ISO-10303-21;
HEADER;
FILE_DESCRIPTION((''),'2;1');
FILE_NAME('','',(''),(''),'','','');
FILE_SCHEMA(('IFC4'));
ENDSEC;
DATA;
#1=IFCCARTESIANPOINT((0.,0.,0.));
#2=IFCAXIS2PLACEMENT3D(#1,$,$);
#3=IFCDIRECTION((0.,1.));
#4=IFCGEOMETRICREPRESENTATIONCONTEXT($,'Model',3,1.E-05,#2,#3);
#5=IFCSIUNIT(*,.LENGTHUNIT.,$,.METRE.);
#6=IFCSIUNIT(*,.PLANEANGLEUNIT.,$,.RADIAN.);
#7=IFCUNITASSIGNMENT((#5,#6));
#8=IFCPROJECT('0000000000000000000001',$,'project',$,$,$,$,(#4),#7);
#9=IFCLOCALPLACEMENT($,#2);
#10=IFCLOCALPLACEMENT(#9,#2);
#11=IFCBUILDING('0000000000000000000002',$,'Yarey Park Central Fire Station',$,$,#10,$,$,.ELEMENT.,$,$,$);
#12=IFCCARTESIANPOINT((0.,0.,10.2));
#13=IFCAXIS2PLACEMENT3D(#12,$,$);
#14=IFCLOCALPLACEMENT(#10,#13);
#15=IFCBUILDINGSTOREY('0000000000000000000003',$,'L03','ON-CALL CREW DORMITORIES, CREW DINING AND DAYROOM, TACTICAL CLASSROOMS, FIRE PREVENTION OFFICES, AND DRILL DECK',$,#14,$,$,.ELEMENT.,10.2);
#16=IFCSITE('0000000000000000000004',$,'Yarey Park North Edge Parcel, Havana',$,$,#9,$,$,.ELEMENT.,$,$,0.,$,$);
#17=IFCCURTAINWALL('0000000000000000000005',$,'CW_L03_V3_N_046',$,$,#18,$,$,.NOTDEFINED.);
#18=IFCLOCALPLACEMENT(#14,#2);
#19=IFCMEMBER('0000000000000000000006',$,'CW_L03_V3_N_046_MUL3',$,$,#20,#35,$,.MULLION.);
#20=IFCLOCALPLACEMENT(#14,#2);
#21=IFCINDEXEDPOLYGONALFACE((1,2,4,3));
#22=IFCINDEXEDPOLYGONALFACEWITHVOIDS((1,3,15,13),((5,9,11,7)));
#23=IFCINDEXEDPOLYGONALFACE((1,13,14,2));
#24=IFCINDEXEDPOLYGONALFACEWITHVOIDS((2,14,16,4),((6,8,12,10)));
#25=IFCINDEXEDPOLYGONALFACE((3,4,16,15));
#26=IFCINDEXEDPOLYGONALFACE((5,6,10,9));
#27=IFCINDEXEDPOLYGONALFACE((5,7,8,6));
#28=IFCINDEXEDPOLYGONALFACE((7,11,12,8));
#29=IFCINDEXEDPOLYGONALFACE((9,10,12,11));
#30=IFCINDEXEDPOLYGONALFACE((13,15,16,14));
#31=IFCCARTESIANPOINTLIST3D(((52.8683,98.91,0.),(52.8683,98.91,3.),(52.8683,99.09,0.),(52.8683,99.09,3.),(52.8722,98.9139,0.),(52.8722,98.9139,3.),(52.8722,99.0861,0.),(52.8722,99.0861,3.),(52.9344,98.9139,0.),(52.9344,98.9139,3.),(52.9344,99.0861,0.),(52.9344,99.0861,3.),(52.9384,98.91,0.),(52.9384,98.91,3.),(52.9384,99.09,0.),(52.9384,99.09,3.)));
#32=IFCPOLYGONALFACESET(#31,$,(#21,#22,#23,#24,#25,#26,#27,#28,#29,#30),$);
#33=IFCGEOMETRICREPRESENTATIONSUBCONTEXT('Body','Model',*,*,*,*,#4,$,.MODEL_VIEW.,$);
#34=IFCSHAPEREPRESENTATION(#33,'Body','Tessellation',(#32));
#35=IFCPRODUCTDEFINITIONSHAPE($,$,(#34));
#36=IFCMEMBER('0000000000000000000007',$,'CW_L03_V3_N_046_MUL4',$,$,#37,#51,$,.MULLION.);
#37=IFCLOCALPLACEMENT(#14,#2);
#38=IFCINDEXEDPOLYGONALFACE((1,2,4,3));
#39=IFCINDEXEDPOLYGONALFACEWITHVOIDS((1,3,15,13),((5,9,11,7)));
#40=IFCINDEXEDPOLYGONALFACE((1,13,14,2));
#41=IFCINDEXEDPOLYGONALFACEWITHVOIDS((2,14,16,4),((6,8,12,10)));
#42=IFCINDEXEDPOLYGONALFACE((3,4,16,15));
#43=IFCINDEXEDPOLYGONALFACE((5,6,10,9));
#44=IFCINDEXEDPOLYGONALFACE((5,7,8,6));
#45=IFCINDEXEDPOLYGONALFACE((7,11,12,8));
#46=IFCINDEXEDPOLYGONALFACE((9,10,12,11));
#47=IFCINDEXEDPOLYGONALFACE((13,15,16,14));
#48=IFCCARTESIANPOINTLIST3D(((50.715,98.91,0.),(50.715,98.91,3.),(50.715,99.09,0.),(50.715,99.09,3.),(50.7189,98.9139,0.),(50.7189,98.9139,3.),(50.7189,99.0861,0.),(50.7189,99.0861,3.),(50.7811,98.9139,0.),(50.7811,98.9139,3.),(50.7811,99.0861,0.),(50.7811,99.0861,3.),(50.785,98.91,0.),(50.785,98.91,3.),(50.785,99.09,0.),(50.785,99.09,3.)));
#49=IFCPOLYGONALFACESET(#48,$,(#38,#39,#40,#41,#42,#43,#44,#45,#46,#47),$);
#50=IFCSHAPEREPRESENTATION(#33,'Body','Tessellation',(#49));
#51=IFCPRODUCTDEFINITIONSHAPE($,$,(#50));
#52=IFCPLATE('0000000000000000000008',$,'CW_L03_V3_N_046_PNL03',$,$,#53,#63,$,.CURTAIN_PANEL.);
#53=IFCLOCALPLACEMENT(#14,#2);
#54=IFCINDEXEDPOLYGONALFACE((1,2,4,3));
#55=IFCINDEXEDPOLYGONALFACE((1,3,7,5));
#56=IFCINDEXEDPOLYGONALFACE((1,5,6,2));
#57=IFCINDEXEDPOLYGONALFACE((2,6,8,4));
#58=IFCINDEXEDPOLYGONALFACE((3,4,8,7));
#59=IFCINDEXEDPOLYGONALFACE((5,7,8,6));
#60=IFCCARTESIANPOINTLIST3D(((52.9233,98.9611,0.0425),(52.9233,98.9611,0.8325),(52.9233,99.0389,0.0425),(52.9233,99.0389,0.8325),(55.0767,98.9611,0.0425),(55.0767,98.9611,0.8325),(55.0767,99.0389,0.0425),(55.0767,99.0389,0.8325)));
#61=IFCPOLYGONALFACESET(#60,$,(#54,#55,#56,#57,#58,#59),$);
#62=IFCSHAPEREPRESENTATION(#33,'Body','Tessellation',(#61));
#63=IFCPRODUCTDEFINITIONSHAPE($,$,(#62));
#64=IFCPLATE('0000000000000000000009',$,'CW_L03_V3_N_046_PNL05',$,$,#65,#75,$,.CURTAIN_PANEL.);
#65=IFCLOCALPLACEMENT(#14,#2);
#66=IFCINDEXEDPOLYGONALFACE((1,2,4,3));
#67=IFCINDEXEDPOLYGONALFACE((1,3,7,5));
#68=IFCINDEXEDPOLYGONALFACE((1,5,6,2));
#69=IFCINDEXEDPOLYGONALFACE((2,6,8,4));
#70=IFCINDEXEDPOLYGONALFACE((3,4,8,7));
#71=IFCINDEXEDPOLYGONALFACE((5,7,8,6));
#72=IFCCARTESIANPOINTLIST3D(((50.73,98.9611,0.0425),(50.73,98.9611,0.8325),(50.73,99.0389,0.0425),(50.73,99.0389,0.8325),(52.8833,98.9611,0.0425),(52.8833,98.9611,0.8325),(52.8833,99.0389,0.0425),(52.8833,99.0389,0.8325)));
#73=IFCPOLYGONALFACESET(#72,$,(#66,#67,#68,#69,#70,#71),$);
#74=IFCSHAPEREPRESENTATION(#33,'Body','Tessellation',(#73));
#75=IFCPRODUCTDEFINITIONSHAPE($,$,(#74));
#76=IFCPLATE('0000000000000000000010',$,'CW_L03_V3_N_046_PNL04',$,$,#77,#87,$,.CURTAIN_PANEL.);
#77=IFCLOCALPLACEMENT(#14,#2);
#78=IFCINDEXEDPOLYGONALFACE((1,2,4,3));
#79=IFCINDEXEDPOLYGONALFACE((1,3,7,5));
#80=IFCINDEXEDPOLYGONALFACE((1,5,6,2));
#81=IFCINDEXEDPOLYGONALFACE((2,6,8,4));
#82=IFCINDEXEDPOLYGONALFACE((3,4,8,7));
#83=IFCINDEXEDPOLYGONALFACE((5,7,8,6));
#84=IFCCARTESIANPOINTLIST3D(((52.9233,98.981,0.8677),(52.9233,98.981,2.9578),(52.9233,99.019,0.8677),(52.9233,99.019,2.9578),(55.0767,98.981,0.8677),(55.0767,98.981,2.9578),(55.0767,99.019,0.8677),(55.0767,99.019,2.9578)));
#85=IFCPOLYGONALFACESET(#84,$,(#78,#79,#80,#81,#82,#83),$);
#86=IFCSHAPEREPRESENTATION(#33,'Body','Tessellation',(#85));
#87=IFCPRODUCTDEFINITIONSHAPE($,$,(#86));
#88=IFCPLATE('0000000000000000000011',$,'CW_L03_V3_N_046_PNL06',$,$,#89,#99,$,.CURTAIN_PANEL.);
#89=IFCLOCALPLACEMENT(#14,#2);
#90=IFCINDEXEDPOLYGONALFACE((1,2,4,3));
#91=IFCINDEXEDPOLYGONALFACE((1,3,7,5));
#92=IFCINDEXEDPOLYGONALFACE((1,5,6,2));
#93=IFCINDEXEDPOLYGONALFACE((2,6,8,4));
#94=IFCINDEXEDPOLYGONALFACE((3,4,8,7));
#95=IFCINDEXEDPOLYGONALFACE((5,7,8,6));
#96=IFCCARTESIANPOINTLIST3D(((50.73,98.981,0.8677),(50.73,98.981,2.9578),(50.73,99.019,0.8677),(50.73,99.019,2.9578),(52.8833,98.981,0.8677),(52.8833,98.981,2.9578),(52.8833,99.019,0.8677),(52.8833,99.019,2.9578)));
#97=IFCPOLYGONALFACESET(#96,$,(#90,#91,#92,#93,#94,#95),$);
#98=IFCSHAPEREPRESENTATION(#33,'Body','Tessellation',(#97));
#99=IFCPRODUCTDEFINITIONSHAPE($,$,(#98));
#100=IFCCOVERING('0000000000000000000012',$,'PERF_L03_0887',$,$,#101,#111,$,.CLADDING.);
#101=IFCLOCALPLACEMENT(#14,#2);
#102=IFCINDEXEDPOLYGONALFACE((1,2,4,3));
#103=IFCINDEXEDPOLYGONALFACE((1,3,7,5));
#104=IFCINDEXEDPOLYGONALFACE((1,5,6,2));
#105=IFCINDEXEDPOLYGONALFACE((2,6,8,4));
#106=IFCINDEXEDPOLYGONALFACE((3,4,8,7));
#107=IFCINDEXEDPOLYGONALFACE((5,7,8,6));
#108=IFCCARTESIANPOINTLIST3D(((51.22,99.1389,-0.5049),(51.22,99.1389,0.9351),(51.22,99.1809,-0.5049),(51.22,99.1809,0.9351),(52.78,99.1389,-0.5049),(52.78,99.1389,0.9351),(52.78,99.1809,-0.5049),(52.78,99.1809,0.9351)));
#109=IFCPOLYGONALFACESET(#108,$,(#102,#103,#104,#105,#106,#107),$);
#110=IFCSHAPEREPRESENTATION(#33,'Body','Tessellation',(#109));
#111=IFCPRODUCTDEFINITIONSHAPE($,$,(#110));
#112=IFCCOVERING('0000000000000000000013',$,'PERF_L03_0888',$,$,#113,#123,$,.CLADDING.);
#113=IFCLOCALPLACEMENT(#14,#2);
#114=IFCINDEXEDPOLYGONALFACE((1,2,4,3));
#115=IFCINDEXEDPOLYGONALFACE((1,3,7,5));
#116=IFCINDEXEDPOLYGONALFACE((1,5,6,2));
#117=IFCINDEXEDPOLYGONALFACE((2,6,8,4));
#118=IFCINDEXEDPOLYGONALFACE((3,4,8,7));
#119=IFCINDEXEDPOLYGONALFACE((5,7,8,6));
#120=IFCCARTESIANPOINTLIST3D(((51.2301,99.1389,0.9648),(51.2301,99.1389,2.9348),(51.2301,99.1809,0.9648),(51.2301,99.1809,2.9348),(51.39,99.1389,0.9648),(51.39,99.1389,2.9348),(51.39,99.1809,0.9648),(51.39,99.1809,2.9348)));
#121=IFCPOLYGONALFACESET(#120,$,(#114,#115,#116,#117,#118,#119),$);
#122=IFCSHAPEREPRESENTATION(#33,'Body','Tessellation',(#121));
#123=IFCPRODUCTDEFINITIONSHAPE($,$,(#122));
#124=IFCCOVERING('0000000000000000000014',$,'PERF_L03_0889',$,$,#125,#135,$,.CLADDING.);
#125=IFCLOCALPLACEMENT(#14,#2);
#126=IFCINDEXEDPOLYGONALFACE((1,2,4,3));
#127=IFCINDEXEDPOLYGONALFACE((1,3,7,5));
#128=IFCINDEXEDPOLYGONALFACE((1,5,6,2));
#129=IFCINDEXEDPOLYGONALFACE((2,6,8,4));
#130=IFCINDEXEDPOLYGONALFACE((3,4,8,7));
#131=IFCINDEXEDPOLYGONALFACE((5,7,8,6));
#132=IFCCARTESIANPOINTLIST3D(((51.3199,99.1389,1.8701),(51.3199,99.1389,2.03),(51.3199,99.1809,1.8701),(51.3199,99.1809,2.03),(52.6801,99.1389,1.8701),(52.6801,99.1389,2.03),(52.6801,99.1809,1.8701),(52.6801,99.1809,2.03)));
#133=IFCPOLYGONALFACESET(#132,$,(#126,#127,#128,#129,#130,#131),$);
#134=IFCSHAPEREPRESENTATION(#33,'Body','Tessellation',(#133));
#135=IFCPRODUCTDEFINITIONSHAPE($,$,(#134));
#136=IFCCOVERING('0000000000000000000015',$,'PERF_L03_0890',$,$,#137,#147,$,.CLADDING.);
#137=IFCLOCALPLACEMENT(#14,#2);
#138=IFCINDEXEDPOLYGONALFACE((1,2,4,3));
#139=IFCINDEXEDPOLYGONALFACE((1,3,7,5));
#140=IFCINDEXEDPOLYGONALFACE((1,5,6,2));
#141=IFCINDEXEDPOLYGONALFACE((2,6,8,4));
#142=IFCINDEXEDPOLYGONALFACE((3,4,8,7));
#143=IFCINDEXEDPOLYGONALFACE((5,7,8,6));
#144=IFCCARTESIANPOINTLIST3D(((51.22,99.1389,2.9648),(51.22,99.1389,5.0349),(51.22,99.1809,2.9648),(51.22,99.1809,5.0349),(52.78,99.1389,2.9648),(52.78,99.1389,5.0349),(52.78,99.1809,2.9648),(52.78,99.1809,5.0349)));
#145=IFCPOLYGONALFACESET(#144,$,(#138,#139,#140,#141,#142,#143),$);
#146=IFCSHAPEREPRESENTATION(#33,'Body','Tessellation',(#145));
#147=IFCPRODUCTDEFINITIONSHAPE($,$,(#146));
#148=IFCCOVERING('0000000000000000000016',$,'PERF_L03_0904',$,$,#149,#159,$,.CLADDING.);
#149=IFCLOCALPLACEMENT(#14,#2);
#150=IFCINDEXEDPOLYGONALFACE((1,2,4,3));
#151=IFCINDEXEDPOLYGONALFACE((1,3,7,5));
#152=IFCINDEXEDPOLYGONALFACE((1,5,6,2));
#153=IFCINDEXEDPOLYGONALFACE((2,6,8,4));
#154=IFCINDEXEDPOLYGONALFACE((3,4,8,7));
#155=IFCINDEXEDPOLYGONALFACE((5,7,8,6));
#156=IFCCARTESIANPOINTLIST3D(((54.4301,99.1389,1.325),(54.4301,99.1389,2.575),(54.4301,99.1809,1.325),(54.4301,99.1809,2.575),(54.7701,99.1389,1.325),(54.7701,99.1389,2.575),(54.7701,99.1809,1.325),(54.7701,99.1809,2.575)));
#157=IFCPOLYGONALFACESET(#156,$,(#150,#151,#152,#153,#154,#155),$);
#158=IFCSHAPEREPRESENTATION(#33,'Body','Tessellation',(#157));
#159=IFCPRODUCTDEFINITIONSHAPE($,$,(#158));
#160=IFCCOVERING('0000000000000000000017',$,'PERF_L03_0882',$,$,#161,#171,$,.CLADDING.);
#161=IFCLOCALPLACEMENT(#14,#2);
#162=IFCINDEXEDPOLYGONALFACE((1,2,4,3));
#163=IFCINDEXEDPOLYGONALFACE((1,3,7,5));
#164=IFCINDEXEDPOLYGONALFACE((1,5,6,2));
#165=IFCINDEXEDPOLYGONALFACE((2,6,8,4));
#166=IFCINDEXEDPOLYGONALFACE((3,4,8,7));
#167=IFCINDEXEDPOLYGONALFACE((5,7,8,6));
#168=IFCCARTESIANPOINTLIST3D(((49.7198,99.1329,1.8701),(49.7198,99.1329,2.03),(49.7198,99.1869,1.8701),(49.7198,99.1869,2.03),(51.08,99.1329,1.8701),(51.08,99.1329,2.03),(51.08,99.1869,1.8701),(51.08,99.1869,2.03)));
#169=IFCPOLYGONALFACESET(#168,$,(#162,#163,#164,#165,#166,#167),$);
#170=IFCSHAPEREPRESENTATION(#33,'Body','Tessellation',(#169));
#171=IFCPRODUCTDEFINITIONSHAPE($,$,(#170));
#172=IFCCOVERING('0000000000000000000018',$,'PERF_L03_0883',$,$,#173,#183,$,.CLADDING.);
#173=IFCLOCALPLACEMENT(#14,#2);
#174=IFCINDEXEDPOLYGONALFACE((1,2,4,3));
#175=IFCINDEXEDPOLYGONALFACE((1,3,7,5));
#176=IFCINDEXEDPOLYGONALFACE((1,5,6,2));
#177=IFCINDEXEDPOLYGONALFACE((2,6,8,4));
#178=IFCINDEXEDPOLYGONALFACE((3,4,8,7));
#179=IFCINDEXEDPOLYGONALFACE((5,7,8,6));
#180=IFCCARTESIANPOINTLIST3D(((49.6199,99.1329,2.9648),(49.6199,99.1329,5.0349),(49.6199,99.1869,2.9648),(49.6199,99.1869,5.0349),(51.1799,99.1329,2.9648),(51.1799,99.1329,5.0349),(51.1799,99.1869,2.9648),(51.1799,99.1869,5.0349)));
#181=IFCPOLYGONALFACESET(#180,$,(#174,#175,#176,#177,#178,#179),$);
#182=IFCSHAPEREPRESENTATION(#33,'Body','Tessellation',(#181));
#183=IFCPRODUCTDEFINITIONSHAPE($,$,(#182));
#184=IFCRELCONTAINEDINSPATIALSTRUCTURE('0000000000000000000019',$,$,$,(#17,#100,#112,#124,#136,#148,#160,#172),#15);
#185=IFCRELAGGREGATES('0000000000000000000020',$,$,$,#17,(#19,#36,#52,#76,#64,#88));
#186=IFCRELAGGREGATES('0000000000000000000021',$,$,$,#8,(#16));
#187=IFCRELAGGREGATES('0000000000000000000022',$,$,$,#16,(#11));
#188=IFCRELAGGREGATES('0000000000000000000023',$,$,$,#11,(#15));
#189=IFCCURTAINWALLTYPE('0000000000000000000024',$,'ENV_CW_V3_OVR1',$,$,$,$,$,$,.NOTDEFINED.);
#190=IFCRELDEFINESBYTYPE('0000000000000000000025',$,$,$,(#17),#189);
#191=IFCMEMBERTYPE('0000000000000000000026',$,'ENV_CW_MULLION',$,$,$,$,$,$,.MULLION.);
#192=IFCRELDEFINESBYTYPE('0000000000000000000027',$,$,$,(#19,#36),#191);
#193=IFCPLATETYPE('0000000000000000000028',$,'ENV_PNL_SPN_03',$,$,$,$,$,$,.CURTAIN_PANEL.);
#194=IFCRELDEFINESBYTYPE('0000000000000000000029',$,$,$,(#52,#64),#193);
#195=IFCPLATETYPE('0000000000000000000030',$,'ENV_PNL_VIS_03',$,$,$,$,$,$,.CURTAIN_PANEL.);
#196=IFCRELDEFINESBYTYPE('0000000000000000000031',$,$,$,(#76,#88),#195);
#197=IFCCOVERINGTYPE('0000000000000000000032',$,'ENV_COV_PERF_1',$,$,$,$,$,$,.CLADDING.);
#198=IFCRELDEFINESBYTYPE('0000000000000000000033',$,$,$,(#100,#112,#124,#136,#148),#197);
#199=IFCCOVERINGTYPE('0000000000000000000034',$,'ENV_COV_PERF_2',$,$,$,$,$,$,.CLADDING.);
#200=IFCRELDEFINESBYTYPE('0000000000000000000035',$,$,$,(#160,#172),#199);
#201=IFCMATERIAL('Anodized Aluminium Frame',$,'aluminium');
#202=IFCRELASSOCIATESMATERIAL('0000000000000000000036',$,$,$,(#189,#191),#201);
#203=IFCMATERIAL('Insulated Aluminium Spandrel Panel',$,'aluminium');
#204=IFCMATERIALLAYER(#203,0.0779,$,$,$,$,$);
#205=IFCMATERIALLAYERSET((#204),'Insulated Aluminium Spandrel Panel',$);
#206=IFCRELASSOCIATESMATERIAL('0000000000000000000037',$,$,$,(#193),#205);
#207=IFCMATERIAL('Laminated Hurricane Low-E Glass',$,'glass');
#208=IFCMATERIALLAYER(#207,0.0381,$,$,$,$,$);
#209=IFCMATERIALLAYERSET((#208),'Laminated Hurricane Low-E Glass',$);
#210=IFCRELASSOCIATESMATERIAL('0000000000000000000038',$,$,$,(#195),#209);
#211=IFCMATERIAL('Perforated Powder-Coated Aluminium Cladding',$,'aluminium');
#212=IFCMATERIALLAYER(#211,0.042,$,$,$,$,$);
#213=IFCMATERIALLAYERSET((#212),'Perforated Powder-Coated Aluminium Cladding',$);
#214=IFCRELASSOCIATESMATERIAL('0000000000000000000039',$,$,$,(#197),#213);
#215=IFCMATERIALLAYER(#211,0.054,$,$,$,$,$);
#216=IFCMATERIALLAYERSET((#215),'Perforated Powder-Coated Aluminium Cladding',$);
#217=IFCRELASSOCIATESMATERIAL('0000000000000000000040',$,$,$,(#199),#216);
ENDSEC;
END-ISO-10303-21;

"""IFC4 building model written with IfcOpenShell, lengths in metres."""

from ifc_helpers import new_model, si_unit, direction, frame, origin, origin_2d, place, context, subcontext, project, spatial, rectangle, hollow_rectangle, extrude, material, layer, layer_set, material_profile, profile_set, type_object, element, aggregate, save


model = new_model("IFC4")

# Units and contexts
model_context = context("Model", 3, precision=1e-05, world=origin(), true_north=direction((0.0, 1.0)))
body_context = subcontext(model_context, "Body", "Model", "MODEL_VIEW")
ifc_project = project(units=[si_unit("LENGTHUNIT", "METRE"), si_unit("PLANEANGLEUNIT", "RADIAN")], contexts=[model_context])

# Site, building, storey
site_placement = place(None, origin())
site = spatial("IfcSite", under=ifc_project, at=site_placement, Name="Yarey Park North Edge Parcel, Havana", CompositionType="ELEMENT", RefElevation=0.0)
building_placement = place(site_placement, origin())
building = spatial("IfcBuilding", under=site, at=building_placement, Name="Yarey Park Central Fire Station", CompositionType="ELEMENT")
storey_placement = place(building_placement, frame((0.0, 0.0, 10.2)))
storey = spatial("IfcBuildingStorey", under=building, at=storey_placement, Name="L03", Description="ON-CALL CREW DORMITORIES, CREW DINING AND DAYROOM, TACTICAL CLASSROOMS, FIRE PREVENTION OFFICES, AND DRILL DECK", CompositionType="ELEMENT", Elevation=10.2)

# Curtain wall, members, plates
ifc_material_1 = material(Name="Anodized Aluminium Frame", Category="aluminium")
curtain_wall_type = type_object("IfcCurtainWallType", Name="ENV_CW_V3_OVR1", PredefinedType="NOTDEFINED", material=ifc_material_1)
curtain_wall_placement = place(storey_placement, origin())
curtain_wall = element("IfcCurtainWall", 1, at=curtain_wall_placement, inside=storey, type_object=curtain_wall_type, Name="CW_L03_V3_N_046", PredefinedType="NOTDEFINED")
ifc_material_profile = material_profile(ifc_material_1, hollow_rectangle(XDim=0.0701, YDim=0.1799, WallThickness=0.0039, at=origin_2d()), Name="ALU 180x70x4")
ifc_profile_set = profile_set([ifc_material_profile], Name="Anodized Aluminium Frame")
member_type = type_object("IfcMemberType", Name="ENV_CW_MULLION", PredefinedType="MULLION", material=ifc_profile_set)
member_1_placement = place(storey_placement, frame((52.9033, 99.0, 0.0), z_axis=(0.0, 0.0, 1.0), x_axis=(1.0, 0.0, 0.0)))
member_1 = element("IfcMember", 2, at=member_1_placement, type_object=member_type, Name="CW_L03_V3_N_046_MUL3", PredefinedType="MULLION", context=body_context, shape_type="SweptSolid", body=[
    extrude(hollow_rectangle(XDim=0.0701, YDim=0.1799, WallThickness=0.0039, at=origin_2d()), origin(), (0.0, 0.0, 1.0), 3.0),
])
member_2_placement = place(storey_placement, frame((50.75, 99.0, 0.0), z_axis=(0.0, 0.0, 1.0), x_axis=(1.0, 0.0, 0.0)))
member_2 = element("IfcMember", 3, at=member_2_placement, type_object=member_type, Name="CW_L03_V3_N_046_MUL4", PredefinedType="MULLION", context=body_context, shape_type="SweptSolid", body=[
    extrude(hollow_rectangle(XDim=0.0701, YDim=0.1799, WallThickness=0.0039, at=origin_2d()), origin(), (0.0, 0.0, 1.0), 3.0),
])
ifc_material_2 = material(Name="Insulated Aluminium Spandrel Panel", Category="aluminium")
ifc_layer_1 = layer(ifc_material_2, 0.0779)
ifc_layer_set_1 = layer_set([ifc_layer_1], Name="Insulated Aluminium Spandrel Panel")
plate_type_1 = type_object("IfcPlateType", Name="ENV_PNL_SPN_03", PredefinedType="CURTAIN_PANEL", material=ifc_layer_set_1)
plate_1_placement = place(storey_placement, frame((54.0, 99.0, 0.0425), z_axis=(0.0, 0.0, 1.0), x_axis=(-1.0, 0.0, 0.0)))
plate_1 = element("IfcPlate", 4, at=plate_1_placement, type_object=plate_type_1, Name="CW_L03_V3_N_046_PNL03", PredefinedType="CURTAIN_PANEL", context=body_context, shape_type="SweptSolid", body=[
    extrude(rectangle(XDim=2.1533, YDim=0.0779, at=origin_2d()), origin(), (0.0, 0.0, 1.0), 0.79),
])
plate_2_placement = place(storey_placement, frame((51.8066, 99.0, 0.0425), z_axis=(0.0, 0.0, 1.0), x_axis=(-1.0, 0.0, 0.0)))
plate_2 = element("IfcPlate", 5, at=plate_2_placement, type_object=plate_type_1, Name="CW_L03_V3_N_046_PNL05", PredefinedType="CURTAIN_PANEL", context=body_context, shape_type="SweptSolid", body=[
    extrude(rectangle(XDim=2.1533, YDim=0.0779, at=origin_2d()), origin(), (0.0, 0.0, 1.0), 0.79),
])
ifc_material_3 = material(Name="Laminated Hurricane Low-E Glass", Category="glass")
ifc_layer_2 = layer(ifc_material_3, 0.0381)
ifc_layer_set_2 = layer_set([ifc_layer_2], Name="Laminated Hurricane Low-E Glass")
plate_type_2 = type_object("IfcPlateType", Name="ENV_PNL_VIS_03", PredefinedType="CURTAIN_PANEL", material=ifc_layer_set_2)
plate_3_placement = place(storey_placement, frame((54.0, 99.0, 0.8677), z_axis=(0.0, 0.0, 1.0), x_axis=(-1.0, 0.0, 0.0)))
plate_3 = element("IfcPlate", 6, at=plate_3_placement, type_object=plate_type_2, Name="CW_L03_V3_N_046_PNL04", PredefinedType="CURTAIN_PANEL", context=body_context, shape_type="SweptSolid", body=[
    extrude(rectangle(XDim=2.1533, YDim=0.0381, at=origin_2d()), origin(), (0.0, 0.0, 1.0), 2.0901),
])
plate_4_placement = place(storey_placement, frame((51.8066, 99.0, 0.8677), z_axis=(0.0, 0.0, 1.0), x_axis=(-1.0, 0.0, 0.0)))
plate_4 = element("IfcPlate", 7, at=plate_4_placement, type_object=plate_type_2, Name="CW_L03_V3_N_046_PNL06", PredefinedType="CURTAIN_PANEL", context=body_context, shape_type="SweptSolid", body=[
    extrude(rectangle(XDim=2.1533, YDim=0.0381, at=origin_2d()), origin(), (0.0, 0.0, 1.0), 2.0901),
])
aggregate(curtain_wall, [member_1, member_2, plate_1, plate_3, plate_2, plate_4])

# Coverings
ifc_material_4 = material(Name="Perforated Powder-Coated Aluminium Cladding", Category="aluminium")
ifc_layer_3 = layer(ifc_material_4, 0.042)
ifc_layer_set_3 = layer_set([ifc_layer_3], Name="Perforated Powder-Coated Aluminium Cladding")
covering_type_1 = type_object("IfcCoveringType", Name="ENV_COV_PERF_1", PredefinedType="CLADDING", material=ifc_layer_set_3)
covering_1_placement = place(storey_placement, frame((52.0, 99.1599, -0.5049), z_axis=(0.0, 0.0, 1.0), x_axis=(1.0, 0.0, 0.0)))
element("IfcCovering", 8, at=covering_1_placement, inside=storey, type_object=covering_type_1, Name="PERF_L03_0887", PredefinedType="CLADDING", context=body_context, shape_type="SweptSolid", body=[
    extrude(rectangle(XDim=1.5601, YDim=0.042, at=origin_2d()), origin(), (0.0, 0.0, 1.0), 1.4399),
])
covering_2_placement = place(storey_placement, frame((51.3101, 99.1599, 0.9648), z_axis=(0.0, 0.0, 1.0), x_axis=(1.0, 0.0, 0.0)))
element("IfcCovering", 9, at=covering_2_placement, inside=storey, type_object=covering_type_1, Name="PERF_L03_0888", PredefinedType="CLADDING", context=body_context, shape_type="SweptSolid", body=[
    extrude(rectangle(XDim=0.1599, YDim=0.042, at=origin_2d()), origin(), (0.0, 0.0, 1.0), 1.97),
])
covering_3_placement = place(storey_placement, frame((52.0, 99.1599, 1.8701), z_axis=(0.0, 0.0, 1.0), x_axis=(1.0, 0.0, 0.0)))
element("IfcCovering", 10, at=covering_3_placement, inside=storey, type_object=covering_type_1, Name="PERF_L03_0889", PredefinedType="CLADDING", context=body_context, shape_type="SweptSolid", body=[
    extrude(rectangle(XDim=1.3601, YDim=0.042, at=origin_2d()), origin(), (0.0, 0.0, 1.0), 0.1599),
])
covering_4_placement = place(storey_placement, frame((52.0, 99.1599, 2.9648), z_axis=(0.0, 0.0, 1.0), x_axis=(1.0, 0.0, 0.0)))
element("IfcCovering", 11, at=covering_4_placement, inside=storey, type_object=covering_type_1, Name="PERF_L03_0890", PredefinedType="CLADDING", context=body_context, shape_type="SweptSolid", body=[
    extrude(rectangle(XDim=1.5601, YDim=0.042, at=origin_2d()), origin(), (0.0, 0.0, 1.0), 2.0701),
])
covering_5_placement = place(storey_placement, frame((54.6001, 99.1599, 1.325), z_axis=(0.0, 0.0, 1.0), x_axis=(1.0, 0.0, 0.0)))
element("IfcCovering", 12, at=covering_5_placement, inside=storey, type_object=covering_type_1, Name="PERF_L03_0904", PredefinedType="CLADDING", context=body_context, shape_type="SweptSolid", body=[
    extrude(rectangle(XDim=0.3401, YDim=0.042, at=origin_2d()), origin(), (0.0, 0.0, 1.0), 1.25),
])
ifc_layer_4 = layer(ifc_material_4, 0.054)
ifc_layer_set_4 = layer_set([ifc_layer_4], Name="Perforated Powder-Coated Aluminium Cladding")
covering_type_2 = type_object("IfcCoveringType", Name="ENV_COV_PERF_2", PredefinedType="CLADDING", material=ifc_layer_set_4)
covering_6_placement = place(storey_placement, frame((50.3999, 99.1599, 1.8701), z_axis=(0.0, 0.0, 1.0), x_axis=(1.0, 0.0, 0.0)))
element("IfcCovering", 13, at=covering_6_placement, inside=storey, type_object=covering_type_2, Name="PERF_L03_0882", PredefinedType="CLADDING", context=body_context, shape_type="SweptSolid", body=[
    extrude(rectangle(XDim=1.3601, YDim=0.054, at=origin_2d()), origin(), (0.0, 0.0, 1.0), 0.1599),
])
covering_7_placement = place(storey_placement, frame((50.3999, 99.1599, 2.9648), z_axis=(0.0, 0.0, 1.0), x_axis=(1.0, 0.0, 0.0)))
element("IfcCovering", 14, at=covering_7_placement, inside=storey, type_object=covering_type_2, Name="PERF_L03_0883", PredefinedType="CLADDING", context=body_context, shape_type="SweptSolid", body=[
    extrude(rectangle(XDim=1.5601, YDim=0.054, at=origin_2d()), origin(), (0.0, 0.0, 1.0), 2.0701),
])

save(model, "model.ifc")
